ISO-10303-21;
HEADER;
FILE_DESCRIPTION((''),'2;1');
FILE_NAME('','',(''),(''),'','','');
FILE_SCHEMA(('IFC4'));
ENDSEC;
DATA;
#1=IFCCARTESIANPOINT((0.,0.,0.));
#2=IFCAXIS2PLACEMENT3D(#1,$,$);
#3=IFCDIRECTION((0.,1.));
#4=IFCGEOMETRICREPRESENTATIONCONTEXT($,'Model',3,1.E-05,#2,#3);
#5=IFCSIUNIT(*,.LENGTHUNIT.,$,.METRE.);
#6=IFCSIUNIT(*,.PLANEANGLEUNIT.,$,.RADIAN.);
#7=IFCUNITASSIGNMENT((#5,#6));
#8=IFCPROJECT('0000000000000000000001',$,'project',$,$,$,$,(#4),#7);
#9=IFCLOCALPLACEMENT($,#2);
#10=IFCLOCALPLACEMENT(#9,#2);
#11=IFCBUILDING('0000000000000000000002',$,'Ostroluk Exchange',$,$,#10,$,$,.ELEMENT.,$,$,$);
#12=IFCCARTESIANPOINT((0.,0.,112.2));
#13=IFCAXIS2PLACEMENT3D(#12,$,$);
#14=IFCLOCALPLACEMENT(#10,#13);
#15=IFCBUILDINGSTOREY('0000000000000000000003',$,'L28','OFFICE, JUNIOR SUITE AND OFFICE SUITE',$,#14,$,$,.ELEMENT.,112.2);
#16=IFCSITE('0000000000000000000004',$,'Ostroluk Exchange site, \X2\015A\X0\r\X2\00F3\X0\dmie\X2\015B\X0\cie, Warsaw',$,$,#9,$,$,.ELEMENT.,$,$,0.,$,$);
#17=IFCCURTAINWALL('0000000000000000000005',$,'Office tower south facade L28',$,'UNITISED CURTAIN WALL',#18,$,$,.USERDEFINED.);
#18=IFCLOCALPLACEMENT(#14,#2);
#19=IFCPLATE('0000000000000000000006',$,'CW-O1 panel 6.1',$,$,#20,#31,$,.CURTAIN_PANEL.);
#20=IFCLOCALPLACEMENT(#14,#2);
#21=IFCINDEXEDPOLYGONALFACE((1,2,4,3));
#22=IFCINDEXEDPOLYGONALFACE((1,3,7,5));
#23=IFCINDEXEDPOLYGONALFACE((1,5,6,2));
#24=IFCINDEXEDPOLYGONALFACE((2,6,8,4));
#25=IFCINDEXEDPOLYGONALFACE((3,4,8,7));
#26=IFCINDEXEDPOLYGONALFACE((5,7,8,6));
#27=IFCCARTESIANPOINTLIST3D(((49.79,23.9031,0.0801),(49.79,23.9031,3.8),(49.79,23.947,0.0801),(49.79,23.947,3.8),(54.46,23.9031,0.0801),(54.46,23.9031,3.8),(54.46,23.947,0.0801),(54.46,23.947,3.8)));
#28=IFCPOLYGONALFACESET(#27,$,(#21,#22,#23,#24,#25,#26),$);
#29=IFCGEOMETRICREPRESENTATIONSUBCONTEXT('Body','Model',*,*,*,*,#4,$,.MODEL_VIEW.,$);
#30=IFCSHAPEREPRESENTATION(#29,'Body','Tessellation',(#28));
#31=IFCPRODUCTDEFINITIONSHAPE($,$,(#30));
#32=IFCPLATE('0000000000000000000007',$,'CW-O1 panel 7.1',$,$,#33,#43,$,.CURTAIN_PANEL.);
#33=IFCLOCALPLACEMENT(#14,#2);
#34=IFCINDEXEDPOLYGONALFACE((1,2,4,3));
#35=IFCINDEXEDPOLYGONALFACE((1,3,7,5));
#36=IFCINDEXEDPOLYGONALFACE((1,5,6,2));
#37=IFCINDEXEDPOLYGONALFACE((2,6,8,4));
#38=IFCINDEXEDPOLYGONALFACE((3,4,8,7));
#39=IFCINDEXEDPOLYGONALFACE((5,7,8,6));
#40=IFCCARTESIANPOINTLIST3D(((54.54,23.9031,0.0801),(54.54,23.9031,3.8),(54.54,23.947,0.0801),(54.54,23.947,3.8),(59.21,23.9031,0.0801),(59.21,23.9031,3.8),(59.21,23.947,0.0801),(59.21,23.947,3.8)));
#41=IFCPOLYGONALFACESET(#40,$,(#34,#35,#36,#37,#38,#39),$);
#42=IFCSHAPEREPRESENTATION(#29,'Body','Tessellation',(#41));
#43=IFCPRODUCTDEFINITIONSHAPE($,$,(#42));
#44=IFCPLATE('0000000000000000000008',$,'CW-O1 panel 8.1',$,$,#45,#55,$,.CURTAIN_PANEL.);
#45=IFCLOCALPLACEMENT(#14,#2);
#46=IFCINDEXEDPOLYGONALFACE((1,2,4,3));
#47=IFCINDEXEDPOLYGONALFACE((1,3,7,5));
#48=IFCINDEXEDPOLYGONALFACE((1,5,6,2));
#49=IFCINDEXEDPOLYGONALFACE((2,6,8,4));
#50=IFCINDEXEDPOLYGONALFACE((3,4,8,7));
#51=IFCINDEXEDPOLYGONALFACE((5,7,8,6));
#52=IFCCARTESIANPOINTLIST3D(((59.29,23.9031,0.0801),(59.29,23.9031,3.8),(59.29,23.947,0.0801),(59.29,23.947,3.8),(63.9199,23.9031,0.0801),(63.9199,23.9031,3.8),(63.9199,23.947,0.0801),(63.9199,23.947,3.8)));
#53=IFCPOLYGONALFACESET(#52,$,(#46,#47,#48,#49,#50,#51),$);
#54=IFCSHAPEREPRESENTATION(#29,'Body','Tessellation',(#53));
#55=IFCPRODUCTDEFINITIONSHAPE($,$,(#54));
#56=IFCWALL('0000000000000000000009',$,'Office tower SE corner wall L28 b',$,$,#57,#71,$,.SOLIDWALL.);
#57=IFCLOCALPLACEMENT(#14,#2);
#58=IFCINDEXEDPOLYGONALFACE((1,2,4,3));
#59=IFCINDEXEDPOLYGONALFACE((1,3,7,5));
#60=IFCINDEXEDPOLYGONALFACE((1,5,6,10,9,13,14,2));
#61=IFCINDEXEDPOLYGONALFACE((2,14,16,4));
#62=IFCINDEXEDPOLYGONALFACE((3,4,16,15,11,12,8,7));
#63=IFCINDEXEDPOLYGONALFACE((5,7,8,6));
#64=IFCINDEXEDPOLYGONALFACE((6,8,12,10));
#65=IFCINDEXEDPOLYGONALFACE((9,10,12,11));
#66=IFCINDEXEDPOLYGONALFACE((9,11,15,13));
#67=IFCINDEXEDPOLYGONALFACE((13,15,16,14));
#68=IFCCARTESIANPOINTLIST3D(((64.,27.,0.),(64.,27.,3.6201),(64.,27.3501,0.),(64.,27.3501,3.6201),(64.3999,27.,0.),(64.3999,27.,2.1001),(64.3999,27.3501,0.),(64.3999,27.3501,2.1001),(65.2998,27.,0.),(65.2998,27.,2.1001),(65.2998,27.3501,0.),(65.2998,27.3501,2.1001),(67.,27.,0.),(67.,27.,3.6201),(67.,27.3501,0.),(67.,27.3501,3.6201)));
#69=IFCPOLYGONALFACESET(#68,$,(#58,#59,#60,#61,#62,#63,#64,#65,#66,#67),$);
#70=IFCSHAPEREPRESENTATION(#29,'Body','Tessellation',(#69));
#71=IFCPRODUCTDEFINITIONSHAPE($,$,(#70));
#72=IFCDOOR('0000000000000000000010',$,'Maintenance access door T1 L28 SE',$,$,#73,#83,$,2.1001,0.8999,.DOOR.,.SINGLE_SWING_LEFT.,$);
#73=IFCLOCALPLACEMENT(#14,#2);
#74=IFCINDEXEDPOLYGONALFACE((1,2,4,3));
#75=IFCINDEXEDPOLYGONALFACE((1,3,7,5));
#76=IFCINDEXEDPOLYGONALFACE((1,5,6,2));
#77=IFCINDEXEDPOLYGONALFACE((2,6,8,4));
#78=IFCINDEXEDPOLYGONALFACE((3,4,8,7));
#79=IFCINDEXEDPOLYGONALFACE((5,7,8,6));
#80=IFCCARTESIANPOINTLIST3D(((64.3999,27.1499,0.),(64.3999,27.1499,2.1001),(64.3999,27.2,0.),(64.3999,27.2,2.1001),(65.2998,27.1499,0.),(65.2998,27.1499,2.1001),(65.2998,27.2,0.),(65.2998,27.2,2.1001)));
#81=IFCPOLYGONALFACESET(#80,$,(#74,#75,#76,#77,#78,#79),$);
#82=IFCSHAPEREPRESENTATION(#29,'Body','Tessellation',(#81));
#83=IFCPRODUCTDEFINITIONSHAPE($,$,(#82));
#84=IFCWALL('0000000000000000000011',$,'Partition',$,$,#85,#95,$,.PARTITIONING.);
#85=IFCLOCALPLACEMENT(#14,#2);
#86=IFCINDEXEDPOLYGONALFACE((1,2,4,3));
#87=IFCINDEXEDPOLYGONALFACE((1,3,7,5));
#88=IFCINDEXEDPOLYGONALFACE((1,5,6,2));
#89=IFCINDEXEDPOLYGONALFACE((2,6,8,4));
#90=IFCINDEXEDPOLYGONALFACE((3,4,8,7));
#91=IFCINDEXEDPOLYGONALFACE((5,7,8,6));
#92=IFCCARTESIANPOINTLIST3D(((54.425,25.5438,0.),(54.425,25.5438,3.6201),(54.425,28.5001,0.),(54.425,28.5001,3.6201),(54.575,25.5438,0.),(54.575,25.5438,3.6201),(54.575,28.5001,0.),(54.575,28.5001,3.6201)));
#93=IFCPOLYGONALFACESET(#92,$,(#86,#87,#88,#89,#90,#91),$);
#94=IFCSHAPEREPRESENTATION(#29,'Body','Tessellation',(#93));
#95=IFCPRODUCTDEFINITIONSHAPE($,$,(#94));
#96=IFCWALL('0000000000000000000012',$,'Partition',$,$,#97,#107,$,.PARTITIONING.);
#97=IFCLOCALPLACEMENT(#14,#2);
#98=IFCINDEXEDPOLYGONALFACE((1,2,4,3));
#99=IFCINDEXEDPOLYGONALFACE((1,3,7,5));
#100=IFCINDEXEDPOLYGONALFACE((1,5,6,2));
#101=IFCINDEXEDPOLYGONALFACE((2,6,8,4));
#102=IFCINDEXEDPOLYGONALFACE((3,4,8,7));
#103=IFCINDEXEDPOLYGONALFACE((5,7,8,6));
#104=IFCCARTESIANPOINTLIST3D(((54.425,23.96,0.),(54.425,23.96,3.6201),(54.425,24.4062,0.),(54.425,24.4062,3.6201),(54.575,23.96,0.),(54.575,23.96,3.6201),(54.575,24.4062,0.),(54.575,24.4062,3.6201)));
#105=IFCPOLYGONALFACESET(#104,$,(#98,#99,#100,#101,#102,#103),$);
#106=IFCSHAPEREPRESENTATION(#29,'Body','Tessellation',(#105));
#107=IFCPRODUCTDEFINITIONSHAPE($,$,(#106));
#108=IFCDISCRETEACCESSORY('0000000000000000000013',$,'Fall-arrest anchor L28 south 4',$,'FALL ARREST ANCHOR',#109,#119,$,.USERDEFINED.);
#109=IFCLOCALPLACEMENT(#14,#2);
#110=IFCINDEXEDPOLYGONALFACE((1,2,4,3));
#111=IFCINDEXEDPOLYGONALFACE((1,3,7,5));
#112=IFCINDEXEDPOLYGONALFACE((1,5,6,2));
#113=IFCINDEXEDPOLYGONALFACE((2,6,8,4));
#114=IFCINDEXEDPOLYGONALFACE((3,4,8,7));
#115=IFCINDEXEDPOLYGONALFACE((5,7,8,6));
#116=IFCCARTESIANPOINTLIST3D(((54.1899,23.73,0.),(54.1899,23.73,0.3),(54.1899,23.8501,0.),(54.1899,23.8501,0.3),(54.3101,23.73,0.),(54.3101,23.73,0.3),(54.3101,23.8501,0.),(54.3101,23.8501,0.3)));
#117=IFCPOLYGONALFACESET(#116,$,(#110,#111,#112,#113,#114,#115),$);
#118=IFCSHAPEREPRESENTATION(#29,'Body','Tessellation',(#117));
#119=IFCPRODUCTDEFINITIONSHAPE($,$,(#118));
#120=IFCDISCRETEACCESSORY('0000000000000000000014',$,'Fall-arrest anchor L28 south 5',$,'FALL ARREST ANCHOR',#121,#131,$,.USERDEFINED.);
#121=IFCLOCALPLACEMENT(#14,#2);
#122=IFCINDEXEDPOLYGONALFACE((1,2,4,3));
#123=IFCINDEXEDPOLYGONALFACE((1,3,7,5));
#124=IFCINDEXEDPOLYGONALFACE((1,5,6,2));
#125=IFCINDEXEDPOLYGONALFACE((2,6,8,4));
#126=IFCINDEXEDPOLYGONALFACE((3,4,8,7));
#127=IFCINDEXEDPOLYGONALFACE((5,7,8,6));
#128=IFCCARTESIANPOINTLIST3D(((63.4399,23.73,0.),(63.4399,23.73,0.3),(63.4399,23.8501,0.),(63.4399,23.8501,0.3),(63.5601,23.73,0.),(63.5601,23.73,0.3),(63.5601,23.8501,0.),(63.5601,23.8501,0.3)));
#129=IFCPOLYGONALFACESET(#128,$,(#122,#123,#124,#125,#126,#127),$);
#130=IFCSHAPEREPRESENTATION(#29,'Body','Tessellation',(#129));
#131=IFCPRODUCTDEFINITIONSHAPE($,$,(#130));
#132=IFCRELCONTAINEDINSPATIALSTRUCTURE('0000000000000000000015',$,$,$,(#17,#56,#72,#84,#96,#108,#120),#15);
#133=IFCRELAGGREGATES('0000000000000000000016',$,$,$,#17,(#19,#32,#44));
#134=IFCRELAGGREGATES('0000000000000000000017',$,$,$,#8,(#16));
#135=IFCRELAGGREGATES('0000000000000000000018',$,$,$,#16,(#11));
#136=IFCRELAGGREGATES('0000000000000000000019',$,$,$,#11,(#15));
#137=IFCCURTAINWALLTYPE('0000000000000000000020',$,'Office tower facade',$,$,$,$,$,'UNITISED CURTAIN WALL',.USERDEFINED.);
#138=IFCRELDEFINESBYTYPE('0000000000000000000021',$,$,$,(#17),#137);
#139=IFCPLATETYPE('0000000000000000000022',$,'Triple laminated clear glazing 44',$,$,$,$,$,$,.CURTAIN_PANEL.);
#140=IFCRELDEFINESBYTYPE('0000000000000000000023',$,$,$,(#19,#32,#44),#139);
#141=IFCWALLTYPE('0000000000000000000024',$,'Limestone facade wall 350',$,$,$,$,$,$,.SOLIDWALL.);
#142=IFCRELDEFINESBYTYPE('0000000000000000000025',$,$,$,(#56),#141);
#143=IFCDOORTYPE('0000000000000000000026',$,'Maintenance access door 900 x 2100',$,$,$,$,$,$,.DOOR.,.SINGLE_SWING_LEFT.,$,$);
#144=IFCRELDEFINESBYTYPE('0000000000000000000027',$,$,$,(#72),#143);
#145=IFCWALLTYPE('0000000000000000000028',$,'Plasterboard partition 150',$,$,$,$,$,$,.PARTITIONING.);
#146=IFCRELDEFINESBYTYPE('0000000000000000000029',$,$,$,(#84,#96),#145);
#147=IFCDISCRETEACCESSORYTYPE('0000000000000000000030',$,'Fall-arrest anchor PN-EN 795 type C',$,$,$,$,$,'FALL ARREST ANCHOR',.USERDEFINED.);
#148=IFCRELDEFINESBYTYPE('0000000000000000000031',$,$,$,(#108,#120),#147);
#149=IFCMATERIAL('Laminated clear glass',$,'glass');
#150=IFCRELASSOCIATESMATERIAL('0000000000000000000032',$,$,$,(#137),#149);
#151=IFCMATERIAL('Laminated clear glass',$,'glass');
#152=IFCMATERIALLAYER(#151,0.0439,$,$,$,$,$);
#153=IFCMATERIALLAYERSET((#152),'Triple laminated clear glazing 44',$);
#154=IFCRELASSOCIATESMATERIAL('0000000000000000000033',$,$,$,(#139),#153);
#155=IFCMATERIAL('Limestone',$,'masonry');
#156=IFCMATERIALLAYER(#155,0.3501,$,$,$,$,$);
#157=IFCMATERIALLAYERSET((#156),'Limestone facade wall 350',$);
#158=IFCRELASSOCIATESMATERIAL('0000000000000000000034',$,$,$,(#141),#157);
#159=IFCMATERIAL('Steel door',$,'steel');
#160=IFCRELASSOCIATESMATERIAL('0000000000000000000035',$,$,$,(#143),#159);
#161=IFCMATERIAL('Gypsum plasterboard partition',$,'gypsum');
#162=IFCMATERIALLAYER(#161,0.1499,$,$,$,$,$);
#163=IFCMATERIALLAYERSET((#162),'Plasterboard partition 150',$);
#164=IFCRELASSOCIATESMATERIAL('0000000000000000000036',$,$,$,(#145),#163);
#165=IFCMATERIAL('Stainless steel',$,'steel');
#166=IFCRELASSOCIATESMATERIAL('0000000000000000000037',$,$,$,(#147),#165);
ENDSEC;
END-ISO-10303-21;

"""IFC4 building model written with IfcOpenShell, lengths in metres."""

from ifc_helpers import new_model, si_unit, direction, frame, frame_2d, origin, origin_2d, place, context, subcontext, project, spatial, rectangle, extrude, material, layer, layer_set, type_object, element, fill, aggregate, save


model = new_model("IFC4")

# Units and contexts
model_context = context("Model", 3, precision=1e-05, world=origin(), true_north=direction((0.0, 1.0)))
body_context = subcontext(model_context, "Body", "Model", "MODEL_VIEW")
ifc_project = project(units=[si_unit("LENGTHUNIT", "METRE"), si_unit("PLANEANGLEUNIT", "RADIAN")], contexts=[model_context])

# Site, building, storey
site_placement = place(None, origin())
site = spatial("IfcSite", under=ifc_project, at=site_placement, Name="Ostroluk Exchange site, Śródmieście, Warsaw", CompositionType="ELEMENT", RefElevation=0.0)
building_placement = place(site_placement, origin())
building = spatial("IfcBuilding", under=site, at=building_placement, Name="Ostroluk Exchange", CompositionType="ELEMENT")
storey_placement = place(building_placement, frame((0.0, 0.0, 112.2)))
storey = spatial("IfcBuildingStorey", under=building, at=storey_placement, Name="L28", Description="OFFICE, JUNIOR SUITE AND OFFICE SUITE", CompositionType="ELEMENT", Elevation=112.2)

# Curtain wall, plates
ifc_material_1 = material(Name="Laminated clear glass", Category="glass")
curtain_wall_type = type_object("IfcCurtainWallType", Name="Office tower facade", ElementType="UNITISED CURTAIN WALL", PredefinedType="USERDEFINED", material=ifc_material_1)
curtain_wall_placement = place(storey_placement, origin())
curtain_wall = element("IfcCurtainWall", 1, at=curtain_wall_placement, inside=storey, type_object=curtain_wall_type, Name="Office tower south facade L28", ObjectType="UNITISED CURTAIN WALL", PredefinedType="USERDEFINED")
ifc_material_2 = material(Name="Laminated clear glass", Category="glass")
ifc_layer_1 = layer(ifc_material_2, 0.0439)
ifc_layer_set_1 = layer_set([ifc_layer_1], Name="Triple laminated clear glazing 44")
plate_type = type_object("IfcPlateType", Name="Triple laminated clear glazing 44", PredefinedType="CURTAIN_PANEL", material=ifc_layer_set_1)
plate_1_placement = place(storey_placement, frame((52.125, 23.925, 0.0801), z_axis=(0.0, 0.0, 1.0), x_axis=(1.0, 0.0, 0.0)))
plate_1 = element("IfcPlate", 2, at=plate_1_placement, type_object=plate_type, Name="CW-O1 panel 6.1", PredefinedType="CURTAIN_PANEL", context=body_context, shape_type="SweptSolid", body=[
    extrude(rectangle(XDim=4.6699, YDim=0.0439, at=origin_2d()), origin(), (0.0, 0.0, 1.0), 3.72),
])
plate_2_placement = place(storey_placement, frame((56.875, 23.925, 0.0801), z_axis=(0.0, 0.0, 1.0), x_axis=(1.0, 0.0, 0.0)))
plate_2 = element("IfcPlate", 3, at=plate_2_placement, type_object=plate_type, Name="CW-O1 panel 7.1", PredefinedType="CURTAIN_PANEL", context=body_context, shape_type="SweptSolid", body=[
    extrude(rectangle(XDim=4.6699, YDim=0.0439, at=origin_2d()), origin(), (0.0, 0.0, 1.0), 3.72),
])
plate_3_placement = place(storey_placement, frame((61.605, 23.925, 0.0801), z_axis=(0.0, 0.0, 1.0), x_axis=(1.0, 0.0, 0.0)))
plate_3 = element("IfcPlate", 4, at=plate_3_placement, type_object=plate_type, Name="CW-O1 panel 8.1", PredefinedType="CURTAIN_PANEL", context=body_context, shape_type="SweptSolid", body=[
    extrude(rectangle(XDim=4.6299, YDim=0.0439, at=origin_2d()), origin(), (0.0, 0.0, 1.0), 3.72),
])
aggregate(curtain_wall, [plate_1, plate_2, plate_3])

# Wall, opening, door
ifc_material_3 = material(Name="Limestone", Category="masonry")
ifc_layer_2 = layer(ifc_material_3, 0.3501)
ifc_layer_set_2 = layer_set([ifc_layer_2], Name="Limestone facade wall 350")
wall_type_1 = type_object("IfcWallType", Name="Limestone facade wall 350", PredefinedType="SOLIDWALL", material=ifc_layer_set_2)
wall_1_placement = place(storey_placement, frame((64.0, 27.175, 0.0), z_axis=(0.0, 0.0, 1.0), x_axis=(1.0, 0.0, 0.0)))
wall_1 = element("IfcWall", 5, at=wall_1_placement, inside=storey, type_object=wall_type_1, Name="Office tower SE corner wall L28 b", PredefinedType="SOLIDWALL", context=body_context, shape_type="SweptSolid", body=[
    extrude(rectangle(XDim=3.0, YDim=0.3501, at=frame_2d((1.5, 0.0))), origin(), (0.0, 0.0, 1.0), 3.6201),
])
opening_1_placement = place(wall_1_placement, frame((0.3999, 0.0, 0.0)))
opening_1 = element("IfcOpeningElement", 6, at=opening_1_placement, cuts=wall_1, PredefinedType="OPENING", context=body_context, shape_type="SweptSolid", body=[
    extrude(rectangle(XDim=0.8999, YDim=2.1001, at=frame_2d((0.45, 1.05))), frame((0.0, 0.1851, 0.0), z_axis=(0.0, -1.0, 0.0), x_axis=(1.0, 0.0, 0.0)), (0.0, 0.0, 1.0), 0.3701),
])
ifc_material_4 = material(Name="Steel door", Category="steel")
door_type_1 = type_object("IfcDoorType", Name="Maintenance access door 900 x 2100", OperationType="SINGLE_SWING_LEFT", PredefinedType="DOOR", material=ifc_material_4)
door_1_placement = place(opening_1_placement, origin())
door_1 = element("IfcDoor", 7, at=door_1_placement, inside=storey, type_object=door_type_1, Name="Maintenance access door T1 L28 SE", OperationType="SINGLE_SWING_LEFT", OverallHeight=2.1001, OverallWidth=0.8999, PredefinedType="DOOR", context=body_context, shape_type="SweptSolid", body=[
    extrude(rectangle(XDim=0.8999, YDim=2.1001, at=frame_2d((0.45, 1.05))), frame((0.0, 0.0249, 0.0), z_axis=(0.0, -1.0, 0.0), x_axis=(1.0, 0.0, 0.0)), (0.0, 0.0, 1.0), 0.05),
])
fill(opening_1, door_1)

# Walls
ifc_material_5 = material(Name="Gypsum plasterboard partition", Category="gypsum")
ifc_layer_3 = layer(ifc_material_5, 0.1499)
ifc_layer_set_3 = layer_set([ifc_layer_3], Name="Plasterboard partition 150")
wall_type_2 = type_object("IfcWallType", Name="Plasterboard partition 150", PredefinedType="PARTITIONING", material=ifc_layer_set_3)
wall_2_placement = place(storey_placement, frame((54.5, 28.5, 0.0), z_axis=(0.0, 0.0, 1.0), x_axis=(0.0, -1.0, 0.0)))
element("IfcWall", 8, at=wall_2_placement, inside=storey, type_object=wall_type_2, Name="Partition", PredefinedType="PARTITIONING", context=body_context, shape_type="SweptSolid", body=[
    extrude(rectangle(XDim=2.9563, YDim=0.1499, at=frame_2d((1.478, 0.0))), origin(), (0.0, 0.0, 1.0), 3.6201),
])
wall_3_placement = place(storey_placement, frame((54.5, 24.4062, 0.0), z_axis=(0.0, 0.0, 1.0), x_axis=(0.0, -1.0, 0.0)))
element("IfcWall", 9, at=wall_3_placement, inside=storey, type_object=wall_type_2, Name="Partition", PredefinedType="PARTITIONING", context=body_context, shape_type="SweptSolid", body=[
    extrude(rectangle(XDim=0.4463, YDim=0.1499, at=frame_2d((0.2231, 0.0))), origin(), (0.0, 0.0, 1.0), 3.6201),
])

# Discrete accessories
ifc_material_6 = material(Name="Stainless steel", Category="steel")
discrete_accessory_type = type_object("IfcDiscreteAccessoryType", Name="Fall-arrest anchor PN-EN 795 type C", ElementType="FALL ARREST ANCHOR", PredefinedType="USERDEFINED", material=ifc_material_6)
for number, where, z_axis, x_axis, name in (
    (10, (54.25, 23.79, 0.0), (0.0, 0.0, 1.0), (1.0, 0.0, 0.0), "Fall-arrest anchor L28 south 4"),
    (11, (63.5, 23.79, 0.0), (0.0, 0.0, 1.0), (1.0, 0.0, 0.0), "Fall-arrest anchor L28 south 5"),
):
    element("IfcDiscreteAccessory", number, at=place(storey_placement, frame(where, z_axis=z_axis, x_axis=x_axis)), inside=storey, type_object=discrete_accessory_type, Name=name, ObjectType="FALL ARREST ANCHOR", PredefinedType="USERDEFINED", context=body_context, shape_type="SweptSolid", body=[
        extrude(rectangle(XDim=0.1201, YDim=0.1201, at=origin_2d()), origin(), (0.0, 0.0, 1.0), 0.3),
    ])

save(model, "model.ifc")
